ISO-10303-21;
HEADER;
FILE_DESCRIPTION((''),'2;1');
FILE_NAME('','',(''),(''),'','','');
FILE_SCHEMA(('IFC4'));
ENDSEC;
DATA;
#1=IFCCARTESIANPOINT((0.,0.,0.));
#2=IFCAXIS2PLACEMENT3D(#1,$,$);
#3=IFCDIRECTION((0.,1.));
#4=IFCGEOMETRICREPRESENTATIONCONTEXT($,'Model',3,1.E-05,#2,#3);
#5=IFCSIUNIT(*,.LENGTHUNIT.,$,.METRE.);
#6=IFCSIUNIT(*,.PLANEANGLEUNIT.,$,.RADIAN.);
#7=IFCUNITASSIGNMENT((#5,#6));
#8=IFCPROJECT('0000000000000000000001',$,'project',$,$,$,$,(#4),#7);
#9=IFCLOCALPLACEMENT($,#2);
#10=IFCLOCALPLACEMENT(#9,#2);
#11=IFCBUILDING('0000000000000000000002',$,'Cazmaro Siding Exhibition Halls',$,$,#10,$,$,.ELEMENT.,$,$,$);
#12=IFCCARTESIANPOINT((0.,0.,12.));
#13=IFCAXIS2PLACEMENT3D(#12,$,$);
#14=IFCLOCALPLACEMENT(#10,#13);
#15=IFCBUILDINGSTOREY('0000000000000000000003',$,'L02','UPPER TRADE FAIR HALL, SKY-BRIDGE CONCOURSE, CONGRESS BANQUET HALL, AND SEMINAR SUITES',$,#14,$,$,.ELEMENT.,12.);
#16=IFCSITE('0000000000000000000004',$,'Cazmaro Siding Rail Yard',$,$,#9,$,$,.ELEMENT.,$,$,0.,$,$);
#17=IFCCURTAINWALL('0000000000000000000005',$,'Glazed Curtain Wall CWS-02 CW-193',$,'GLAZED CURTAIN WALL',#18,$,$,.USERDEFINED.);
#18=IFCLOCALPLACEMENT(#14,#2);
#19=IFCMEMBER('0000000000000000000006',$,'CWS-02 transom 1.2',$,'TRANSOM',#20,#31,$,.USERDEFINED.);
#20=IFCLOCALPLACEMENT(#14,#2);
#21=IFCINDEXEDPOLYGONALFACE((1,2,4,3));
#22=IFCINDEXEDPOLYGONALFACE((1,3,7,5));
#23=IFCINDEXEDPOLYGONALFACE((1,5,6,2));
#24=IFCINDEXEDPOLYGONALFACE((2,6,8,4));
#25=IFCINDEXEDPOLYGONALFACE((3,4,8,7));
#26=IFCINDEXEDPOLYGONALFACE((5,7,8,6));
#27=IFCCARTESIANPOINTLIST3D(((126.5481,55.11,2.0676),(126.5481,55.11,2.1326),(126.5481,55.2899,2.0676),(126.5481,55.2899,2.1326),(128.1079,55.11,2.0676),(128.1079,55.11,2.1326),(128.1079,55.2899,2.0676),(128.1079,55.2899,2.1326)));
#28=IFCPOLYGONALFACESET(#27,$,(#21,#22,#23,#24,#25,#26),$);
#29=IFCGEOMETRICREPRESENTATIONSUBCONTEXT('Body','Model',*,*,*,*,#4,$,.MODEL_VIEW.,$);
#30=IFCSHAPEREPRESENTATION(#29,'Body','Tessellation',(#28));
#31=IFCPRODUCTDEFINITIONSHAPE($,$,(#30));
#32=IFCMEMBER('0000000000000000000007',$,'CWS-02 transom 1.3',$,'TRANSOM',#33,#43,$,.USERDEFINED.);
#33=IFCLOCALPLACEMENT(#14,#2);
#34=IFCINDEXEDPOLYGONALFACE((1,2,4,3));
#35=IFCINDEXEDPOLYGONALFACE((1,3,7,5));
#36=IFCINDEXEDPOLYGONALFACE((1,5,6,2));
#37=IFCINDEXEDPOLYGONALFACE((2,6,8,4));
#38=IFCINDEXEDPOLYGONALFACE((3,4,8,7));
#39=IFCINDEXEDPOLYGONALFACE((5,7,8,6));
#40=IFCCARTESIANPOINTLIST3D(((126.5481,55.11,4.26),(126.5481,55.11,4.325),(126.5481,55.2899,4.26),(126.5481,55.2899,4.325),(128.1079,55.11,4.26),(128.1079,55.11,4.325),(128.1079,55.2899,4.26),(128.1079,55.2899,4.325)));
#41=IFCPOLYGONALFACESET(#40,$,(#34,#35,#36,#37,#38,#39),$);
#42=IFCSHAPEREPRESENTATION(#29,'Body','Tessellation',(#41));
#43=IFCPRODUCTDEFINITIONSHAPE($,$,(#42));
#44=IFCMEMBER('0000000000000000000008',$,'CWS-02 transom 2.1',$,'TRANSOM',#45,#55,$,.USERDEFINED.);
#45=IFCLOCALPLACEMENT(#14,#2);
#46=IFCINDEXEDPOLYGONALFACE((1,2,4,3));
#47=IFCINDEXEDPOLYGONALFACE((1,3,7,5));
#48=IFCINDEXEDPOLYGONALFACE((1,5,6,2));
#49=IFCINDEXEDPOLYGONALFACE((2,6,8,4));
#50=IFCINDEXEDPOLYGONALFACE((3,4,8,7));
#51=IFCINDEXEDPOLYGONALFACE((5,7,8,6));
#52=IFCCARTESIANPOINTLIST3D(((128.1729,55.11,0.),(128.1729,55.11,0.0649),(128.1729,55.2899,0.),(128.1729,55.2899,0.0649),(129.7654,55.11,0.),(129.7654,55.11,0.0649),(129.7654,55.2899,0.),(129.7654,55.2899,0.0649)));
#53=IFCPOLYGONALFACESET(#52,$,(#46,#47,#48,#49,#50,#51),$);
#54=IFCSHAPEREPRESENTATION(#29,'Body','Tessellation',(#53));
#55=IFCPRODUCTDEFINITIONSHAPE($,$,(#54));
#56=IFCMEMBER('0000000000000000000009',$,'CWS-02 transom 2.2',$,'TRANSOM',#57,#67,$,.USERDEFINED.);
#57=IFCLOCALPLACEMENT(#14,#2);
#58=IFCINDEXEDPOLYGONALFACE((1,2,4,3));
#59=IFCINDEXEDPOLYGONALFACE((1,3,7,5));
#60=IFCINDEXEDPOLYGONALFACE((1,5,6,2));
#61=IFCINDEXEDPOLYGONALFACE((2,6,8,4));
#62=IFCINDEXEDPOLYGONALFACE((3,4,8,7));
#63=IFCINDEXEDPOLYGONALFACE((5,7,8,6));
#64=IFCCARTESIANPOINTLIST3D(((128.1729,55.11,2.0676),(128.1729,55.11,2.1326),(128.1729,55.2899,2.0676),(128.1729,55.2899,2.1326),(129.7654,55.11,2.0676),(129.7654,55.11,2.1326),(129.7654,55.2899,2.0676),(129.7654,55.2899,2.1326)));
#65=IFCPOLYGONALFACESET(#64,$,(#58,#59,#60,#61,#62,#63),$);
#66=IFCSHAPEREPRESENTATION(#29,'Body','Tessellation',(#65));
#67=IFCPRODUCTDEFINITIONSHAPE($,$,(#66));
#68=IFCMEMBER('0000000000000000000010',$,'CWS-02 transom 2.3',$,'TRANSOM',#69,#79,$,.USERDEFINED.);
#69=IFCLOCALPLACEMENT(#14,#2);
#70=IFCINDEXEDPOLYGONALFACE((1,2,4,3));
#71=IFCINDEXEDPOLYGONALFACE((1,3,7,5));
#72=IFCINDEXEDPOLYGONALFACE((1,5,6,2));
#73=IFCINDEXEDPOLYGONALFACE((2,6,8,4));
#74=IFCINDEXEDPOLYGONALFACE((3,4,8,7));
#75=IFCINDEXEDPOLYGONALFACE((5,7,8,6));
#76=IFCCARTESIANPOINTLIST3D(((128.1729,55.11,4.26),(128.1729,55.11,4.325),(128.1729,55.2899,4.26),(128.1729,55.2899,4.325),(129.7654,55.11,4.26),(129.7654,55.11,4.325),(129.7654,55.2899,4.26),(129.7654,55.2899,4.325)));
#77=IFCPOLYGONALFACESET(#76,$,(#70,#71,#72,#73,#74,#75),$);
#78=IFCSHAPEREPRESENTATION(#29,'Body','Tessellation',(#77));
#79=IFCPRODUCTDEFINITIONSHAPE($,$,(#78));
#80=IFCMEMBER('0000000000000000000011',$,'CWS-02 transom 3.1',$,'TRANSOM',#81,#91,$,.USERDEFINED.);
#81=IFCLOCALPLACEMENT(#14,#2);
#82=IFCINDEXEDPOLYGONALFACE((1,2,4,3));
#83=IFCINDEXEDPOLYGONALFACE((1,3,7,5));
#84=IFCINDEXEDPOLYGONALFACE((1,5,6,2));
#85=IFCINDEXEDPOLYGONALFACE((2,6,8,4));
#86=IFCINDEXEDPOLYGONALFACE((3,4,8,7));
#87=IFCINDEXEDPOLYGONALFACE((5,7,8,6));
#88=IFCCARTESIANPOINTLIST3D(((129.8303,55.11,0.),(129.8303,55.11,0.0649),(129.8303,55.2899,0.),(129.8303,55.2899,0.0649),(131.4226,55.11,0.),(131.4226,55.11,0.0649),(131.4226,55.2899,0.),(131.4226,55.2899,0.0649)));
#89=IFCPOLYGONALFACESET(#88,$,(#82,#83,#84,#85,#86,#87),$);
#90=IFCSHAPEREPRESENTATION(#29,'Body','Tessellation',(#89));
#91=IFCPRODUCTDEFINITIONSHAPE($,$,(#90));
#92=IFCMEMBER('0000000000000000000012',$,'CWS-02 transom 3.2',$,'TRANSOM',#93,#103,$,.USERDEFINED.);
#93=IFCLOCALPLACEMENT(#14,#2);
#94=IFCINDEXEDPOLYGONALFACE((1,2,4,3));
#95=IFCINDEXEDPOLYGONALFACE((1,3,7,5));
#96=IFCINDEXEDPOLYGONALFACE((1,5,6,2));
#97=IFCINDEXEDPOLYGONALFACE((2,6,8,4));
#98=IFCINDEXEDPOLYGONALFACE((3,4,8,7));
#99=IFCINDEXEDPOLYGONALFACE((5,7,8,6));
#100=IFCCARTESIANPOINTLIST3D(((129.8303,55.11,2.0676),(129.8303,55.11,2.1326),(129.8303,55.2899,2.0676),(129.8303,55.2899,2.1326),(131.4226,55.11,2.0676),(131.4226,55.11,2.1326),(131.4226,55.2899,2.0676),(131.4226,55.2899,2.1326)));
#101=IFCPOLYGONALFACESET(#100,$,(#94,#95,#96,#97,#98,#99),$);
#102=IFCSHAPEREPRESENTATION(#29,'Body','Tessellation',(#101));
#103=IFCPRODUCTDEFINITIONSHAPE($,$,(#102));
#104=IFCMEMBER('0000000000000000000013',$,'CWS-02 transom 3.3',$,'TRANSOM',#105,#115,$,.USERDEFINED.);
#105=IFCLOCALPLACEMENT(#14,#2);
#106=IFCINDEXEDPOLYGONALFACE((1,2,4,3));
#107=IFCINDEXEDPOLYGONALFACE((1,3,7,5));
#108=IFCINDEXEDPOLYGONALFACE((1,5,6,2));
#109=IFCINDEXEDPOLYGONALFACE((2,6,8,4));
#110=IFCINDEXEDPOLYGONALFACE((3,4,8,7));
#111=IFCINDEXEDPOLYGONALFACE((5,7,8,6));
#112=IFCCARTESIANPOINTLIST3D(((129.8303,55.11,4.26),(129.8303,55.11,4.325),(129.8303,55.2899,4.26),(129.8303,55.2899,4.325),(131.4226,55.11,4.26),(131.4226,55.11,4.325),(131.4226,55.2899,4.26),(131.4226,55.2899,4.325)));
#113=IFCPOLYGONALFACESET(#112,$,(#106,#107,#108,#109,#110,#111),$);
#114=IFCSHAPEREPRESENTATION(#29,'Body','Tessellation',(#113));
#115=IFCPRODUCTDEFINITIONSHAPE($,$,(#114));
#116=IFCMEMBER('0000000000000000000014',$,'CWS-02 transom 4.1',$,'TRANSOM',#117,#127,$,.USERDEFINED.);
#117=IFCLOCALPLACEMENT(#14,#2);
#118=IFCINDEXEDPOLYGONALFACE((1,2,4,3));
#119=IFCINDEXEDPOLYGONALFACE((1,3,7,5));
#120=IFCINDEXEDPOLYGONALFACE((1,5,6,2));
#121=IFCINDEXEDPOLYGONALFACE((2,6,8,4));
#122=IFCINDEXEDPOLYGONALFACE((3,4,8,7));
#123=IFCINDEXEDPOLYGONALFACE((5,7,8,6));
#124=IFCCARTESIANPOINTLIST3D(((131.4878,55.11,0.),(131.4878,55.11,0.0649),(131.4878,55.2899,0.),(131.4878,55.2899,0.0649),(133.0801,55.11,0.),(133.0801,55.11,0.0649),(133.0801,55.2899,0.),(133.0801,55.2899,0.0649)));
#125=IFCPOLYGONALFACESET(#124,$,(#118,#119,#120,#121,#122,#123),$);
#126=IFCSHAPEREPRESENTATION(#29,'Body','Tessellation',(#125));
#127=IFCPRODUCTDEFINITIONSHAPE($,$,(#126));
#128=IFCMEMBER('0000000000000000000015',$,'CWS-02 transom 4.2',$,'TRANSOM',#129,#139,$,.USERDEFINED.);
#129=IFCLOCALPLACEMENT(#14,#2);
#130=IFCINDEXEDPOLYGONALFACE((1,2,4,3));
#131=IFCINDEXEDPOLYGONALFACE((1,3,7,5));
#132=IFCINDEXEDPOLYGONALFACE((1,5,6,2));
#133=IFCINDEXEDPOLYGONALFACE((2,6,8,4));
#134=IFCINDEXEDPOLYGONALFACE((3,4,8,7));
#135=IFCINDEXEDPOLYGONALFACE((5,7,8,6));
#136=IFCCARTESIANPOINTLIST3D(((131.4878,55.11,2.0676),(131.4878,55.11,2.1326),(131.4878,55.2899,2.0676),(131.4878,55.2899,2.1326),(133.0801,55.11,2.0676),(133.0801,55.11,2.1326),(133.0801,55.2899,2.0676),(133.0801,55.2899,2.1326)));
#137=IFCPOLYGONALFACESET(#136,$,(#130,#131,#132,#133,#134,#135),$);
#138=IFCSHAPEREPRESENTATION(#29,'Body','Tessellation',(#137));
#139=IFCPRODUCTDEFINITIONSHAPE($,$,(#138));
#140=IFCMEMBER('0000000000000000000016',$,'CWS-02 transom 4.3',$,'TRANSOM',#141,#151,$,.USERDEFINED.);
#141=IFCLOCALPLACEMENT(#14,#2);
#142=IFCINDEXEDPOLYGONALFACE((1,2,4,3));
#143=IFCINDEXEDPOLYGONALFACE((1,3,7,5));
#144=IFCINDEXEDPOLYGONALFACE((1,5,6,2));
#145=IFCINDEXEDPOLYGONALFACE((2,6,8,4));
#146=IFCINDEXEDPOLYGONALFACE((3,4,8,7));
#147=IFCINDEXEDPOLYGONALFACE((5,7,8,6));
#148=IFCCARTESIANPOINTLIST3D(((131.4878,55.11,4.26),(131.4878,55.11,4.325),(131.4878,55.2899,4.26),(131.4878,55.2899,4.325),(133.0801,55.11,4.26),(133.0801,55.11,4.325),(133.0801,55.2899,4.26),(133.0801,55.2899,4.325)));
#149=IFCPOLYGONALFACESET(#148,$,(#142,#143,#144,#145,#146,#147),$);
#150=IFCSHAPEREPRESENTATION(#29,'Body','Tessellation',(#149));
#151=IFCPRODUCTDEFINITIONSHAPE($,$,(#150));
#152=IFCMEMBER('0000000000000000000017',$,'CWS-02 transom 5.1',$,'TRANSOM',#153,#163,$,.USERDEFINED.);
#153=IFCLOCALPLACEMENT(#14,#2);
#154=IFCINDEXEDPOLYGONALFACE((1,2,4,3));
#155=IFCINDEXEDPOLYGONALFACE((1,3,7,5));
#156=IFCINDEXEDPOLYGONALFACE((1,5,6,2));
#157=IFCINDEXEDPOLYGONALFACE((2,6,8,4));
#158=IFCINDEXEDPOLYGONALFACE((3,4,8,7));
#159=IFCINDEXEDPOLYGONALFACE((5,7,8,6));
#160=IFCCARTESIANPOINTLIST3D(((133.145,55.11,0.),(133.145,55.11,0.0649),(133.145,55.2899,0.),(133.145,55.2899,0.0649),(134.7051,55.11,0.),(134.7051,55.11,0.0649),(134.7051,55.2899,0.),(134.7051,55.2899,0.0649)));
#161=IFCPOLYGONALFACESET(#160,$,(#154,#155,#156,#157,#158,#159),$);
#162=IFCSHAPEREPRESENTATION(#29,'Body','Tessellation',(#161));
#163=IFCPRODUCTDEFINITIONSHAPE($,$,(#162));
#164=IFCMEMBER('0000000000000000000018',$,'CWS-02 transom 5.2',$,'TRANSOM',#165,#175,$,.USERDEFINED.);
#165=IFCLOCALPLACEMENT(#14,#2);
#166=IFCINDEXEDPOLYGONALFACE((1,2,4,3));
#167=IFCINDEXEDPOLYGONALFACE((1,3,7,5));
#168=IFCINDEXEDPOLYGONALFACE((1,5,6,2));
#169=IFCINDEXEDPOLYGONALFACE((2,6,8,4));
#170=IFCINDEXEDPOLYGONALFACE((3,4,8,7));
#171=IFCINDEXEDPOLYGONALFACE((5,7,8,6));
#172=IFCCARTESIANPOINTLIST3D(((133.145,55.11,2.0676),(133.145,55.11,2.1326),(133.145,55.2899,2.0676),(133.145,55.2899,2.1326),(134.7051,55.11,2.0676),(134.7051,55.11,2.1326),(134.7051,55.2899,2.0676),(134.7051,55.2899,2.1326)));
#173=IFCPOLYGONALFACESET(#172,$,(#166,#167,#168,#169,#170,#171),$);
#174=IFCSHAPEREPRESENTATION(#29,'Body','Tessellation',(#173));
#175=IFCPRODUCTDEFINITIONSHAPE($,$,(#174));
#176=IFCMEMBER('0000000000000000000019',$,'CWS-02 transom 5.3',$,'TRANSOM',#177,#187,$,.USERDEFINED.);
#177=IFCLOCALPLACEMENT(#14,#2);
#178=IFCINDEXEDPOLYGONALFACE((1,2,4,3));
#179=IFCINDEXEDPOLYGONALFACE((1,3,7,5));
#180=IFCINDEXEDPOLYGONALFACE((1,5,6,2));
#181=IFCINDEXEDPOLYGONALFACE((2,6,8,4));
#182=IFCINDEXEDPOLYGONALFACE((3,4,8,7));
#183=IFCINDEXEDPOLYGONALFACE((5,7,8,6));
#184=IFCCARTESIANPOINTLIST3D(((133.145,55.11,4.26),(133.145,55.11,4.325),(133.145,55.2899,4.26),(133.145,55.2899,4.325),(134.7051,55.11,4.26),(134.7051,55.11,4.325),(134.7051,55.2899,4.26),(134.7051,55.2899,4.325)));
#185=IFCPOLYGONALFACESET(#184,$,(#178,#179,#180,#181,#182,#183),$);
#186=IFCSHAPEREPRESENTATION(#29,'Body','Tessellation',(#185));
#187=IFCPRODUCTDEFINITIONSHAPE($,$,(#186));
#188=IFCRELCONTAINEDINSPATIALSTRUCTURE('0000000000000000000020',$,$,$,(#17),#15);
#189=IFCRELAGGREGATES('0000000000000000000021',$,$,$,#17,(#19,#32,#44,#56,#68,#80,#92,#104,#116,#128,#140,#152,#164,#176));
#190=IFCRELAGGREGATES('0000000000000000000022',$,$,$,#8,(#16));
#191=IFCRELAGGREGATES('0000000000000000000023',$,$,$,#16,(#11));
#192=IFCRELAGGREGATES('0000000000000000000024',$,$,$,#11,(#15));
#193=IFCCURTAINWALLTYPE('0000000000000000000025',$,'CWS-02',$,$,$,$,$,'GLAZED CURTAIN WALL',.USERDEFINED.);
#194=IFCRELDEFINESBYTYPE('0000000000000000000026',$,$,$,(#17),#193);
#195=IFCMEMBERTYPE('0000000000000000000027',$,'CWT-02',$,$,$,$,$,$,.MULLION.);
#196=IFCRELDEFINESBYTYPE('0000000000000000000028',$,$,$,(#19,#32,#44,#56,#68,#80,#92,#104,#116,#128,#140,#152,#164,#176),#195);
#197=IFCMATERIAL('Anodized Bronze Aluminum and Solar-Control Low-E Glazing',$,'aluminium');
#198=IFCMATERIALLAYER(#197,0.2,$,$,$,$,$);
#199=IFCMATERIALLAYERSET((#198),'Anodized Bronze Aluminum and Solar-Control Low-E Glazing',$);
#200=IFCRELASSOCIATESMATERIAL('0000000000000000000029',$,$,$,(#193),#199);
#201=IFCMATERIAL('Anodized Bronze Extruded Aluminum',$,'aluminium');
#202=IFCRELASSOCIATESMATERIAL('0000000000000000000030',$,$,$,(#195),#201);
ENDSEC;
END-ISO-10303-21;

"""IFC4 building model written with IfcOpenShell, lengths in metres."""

from ifc_helpers import new_model, si_unit, direction, frame, origin, origin_2d, place, context, subcontext, project, spatial, rectangle, extrude, material, layer, layer_set, material_profile, profile_set, type_object, element, aggregate, save


model = new_model("IFC4")

# Units and contexts
model_context = context("Model", 3, precision=1e-05, world=origin(), true_north=direction((0.0, 1.0)))
body_context = subcontext(model_context, "Body", "Model", "MODEL_VIEW")
ifc_project = project(units=[si_unit("LENGTHUNIT", "METRE"), si_unit("PLANEANGLEUNIT", "RADIAN")], contexts=[model_context])

# Site, building, storey
site_placement = place(None, origin())
site = spatial("IfcSite", under=ifc_project, at=site_placement, Name="Cazmaro Siding Rail Yard", CompositionType="ELEMENT", RefElevation=0.0)
building_placement = place(site_placement, origin())
building = spatial("IfcBuilding", under=site, at=building_placement, Name="Cazmaro Siding Exhibition Halls", CompositionType="ELEMENT")
storey_placement = place(building_placement, frame((0.0, 0.0, 12.0)))
storey = spatial("IfcBuildingStorey", under=building, at=storey_placement, Name="L02", Description="UPPER TRADE FAIR HALL, SKY-BRIDGE CONCOURSE, CONGRESS BANQUET HALL, AND SEMINAR SUITES", CompositionType="ELEMENT", Elevation=12.0)

# Shared definitions
ifc_material_1 = material(Name="Anodized Bronze Aluminum and Solar-Control Low-E Glazing", Category="aluminium")
ifc_layer_1 = layer(ifc_material_1, 0.2)
ifc_layer_set_1 = layer_set([ifc_layer_1], Name="Anodized Bronze Aluminum and Solar-Control Low-E Glazing")
curtain_wall_type = type_object("IfcCurtainWallType", Name="CWS-02", ElementType="GLAZED CURTAIN WALL", PredefinedType="USERDEFINED", material=ifc_layer_set_1)

# Curtain wall
curtain_wall_1_placement = place(storey_placement, origin())
curtain_wall_1 = element("IfcCurtainWall", 1, at=curtain_wall_1_placement, inside=storey, type_object=curtain_wall_type, Name="Glazed Curtain Wall CWS-02 CW-193", ObjectType="GLAZED CURTAIN WALL", PredefinedType="USERDEFINED")

# Members
ifc_material_2 = material(Name="Anodized Bronze Extruded Aluminum", Category="aluminium")
ifc_material_profile_1 = material_profile(ifc_material_2, rectangle(XDim=0.1799, YDim=0.0649, at=origin_2d()), Name="CWT-02")
ifc_profile_set_1 = profile_set([ifc_material_profile_1], Name="Anodized Bronze Extruded Aluminum")
member_type_1 = type_object("IfcMemberType", Name="CWT-02", PredefinedType="MULLION", material=ifc_profile_set_1)
member_1_placement = place(storey_placement, frame((126.5481, 55.2, 2.1001), z_axis=(1.0, 0.0, 0.0), x_axis=(0.0, 1.0, 0.0)))
member_1 = element("IfcMember", 2, at=member_1_placement, type_object=member_type_1, Name="CWS-02 transom 1.2", ObjectType="TRANSOM", PredefinedType="USERDEFINED", context=body_context, shape_type="SweptSolid", body=[
    extrude(rectangle(XDim=0.1799, YDim=0.0649, at=origin_2d()), origin(), (0.0, 0.0, 1.0), 1.5598),
])
member_2_placement = place(storey_placement, frame((126.5481, 55.2, 4.2925), z_axis=(1.0, 0.0, 0.0), x_axis=(0.0, 1.0, 0.0)))
member_2 = element("IfcMember", 3, at=member_2_placement, type_object=member_type_1, Name="CWS-02 transom 1.3", ObjectType="TRANSOM", PredefinedType="USERDEFINED", context=body_context, shape_type="SweptSolid", body=[
    extrude(rectangle(XDim=0.1799, YDim=0.0649, at=origin_2d()), origin(), (0.0, 0.0, 1.0), 1.5598),
])
member_3_placement = place(storey_placement, frame((128.1729, 55.2, 0.0325), z_axis=(1.0, 0.0, 0.0), x_axis=(0.0, 1.0, 0.0)))
member_3 = element("IfcMember", 4, at=member_3_placement, type_object=member_type_1, Name="CWS-02 transom 2.1", ObjectType="TRANSOM", PredefinedType="USERDEFINED", context=body_context, shape_type="SweptSolid", body=[
    extrude(rectangle(XDim=0.1799, YDim=0.0649, at=origin_2d()), origin(), (0.0, 0.0, 1.0), 1.5925),
])
member_4_placement = place(storey_placement, frame((128.1729, 55.2, 2.1001), z_axis=(1.0, 0.0, 0.0), x_axis=(0.0, 1.0, 0.0)))
member_4 = element("IfcMember", 5, at=member_4_placement, type_object=member_type_1, Name="CWS-02 transom 2.2", ObjectType="TRANSOM", PredefinedType="USERDEFINED", context=body_context, shape_type="SweptSolid", body=[
    extrude(rectangle(XDim=0.1799, YDim=0.0649, at=origin_2d()), origin(), (0.0, 0.0, 1.0), 1.5925),
])
member_5_placement = place(storey_placement, frame((128.1729, 55.2, 4.2925), z_axis=(1.0, 0.0, 0.0), x_axis=(0.0, 1.0, 0.0)))
member_5 = element("IfcMember", 6, at=member_5_placement, type_object=member_type_1, Name="CWS-02 transom 2.3", ObjectType="TRANSOM", PredefinedType="USERDEFINED", context=body_context, shape_type="SweptSolid", body=[
    extrude(rectangle(XDim=0.1799, YDim=0.0649, at=origin_2d()), origin(), (0.0, 0.0, 1.0), 1.5925),
])
member_6_placement = place(storey_placement, frame((129.8303, 55.2, 0.0325), z_axis=(1.0, 0.0, 0.0), x_axis=(0.0, 1.0, 0.0)))
member_6 = element("IfcMember", 7, at=member_6_placement, type_object=member_type_1, Name="CWS-02 transom 3.1", ObjectType="TRANSOM", PredefinedType="USERDEFINED", context=body_context, shape_type="SweptSolid", body=[
    extrude(rectangle(XDim=0.1799, YDim=0.0649, at=origin_2d()), origin(), (0.0, 0.0, 1.0), 1.5923),
])
member_7_placement = place(storey_placement, frame((129.8303, 55.2, 2.1001), z_axis=(1.0, 0.0, 0.0), x_axis=(0.0, 1.0, 0.0)))
member_7 = element("IfcMember", 8, at=member_7_placement, type_object=member_type_1, Name="CWS-02 transom 3.2", ObjectType="TRANSOM", PredefinedType="USERDEFINED", context=body_context, shape_type="SweptSolid", body=[
    extrude(rectangle(XDim=0.1799, YDim=0.0649, at=origin_2d()), origin(), (0.0, 0.0, 1.0), 1.5923),
])
member_8_placement = place(storey_placement, frame((129.8303, 55.2, 4.2925), z_axis=(1.0, 0.0, 0.0), x_axis=(0.0, 1.0, 0.0)))
member_8 = element("IfcMember", 9, at=member_8_placement, type_object=member_type_1, Name="CWS-02 transom 3.3", ObjectType="TRANSOM", PredefinedType="USERDEFINED", context=body_context, shape_type="SweptSolid", body=[
    extrude(rectangle(XDim=0.1799, YDim=0.0649, at=origin_2d()), origin(), (0.0, 0.0, 1.0), 1.5923),
])
member_9_placement = place(storey_placement, frame((131.4878, 55.2, 0.0325), z_axis=(1.0, 0.0, 0.0), x_axis=(0.0, 1.0, 0.0)))
member_9 = element("IfcMember", 10, at=member_9_placement, type_object=member_type_1, Name="CWS-02 transom 4.1", ObjectType="TRANSOM", PredefinedType="USERDEFINED", context=body_context, shape_type="SweptSolid", body=[
    extrude(rectangle(XDim=0.1799, YDim=0.0649, at=origin_2d()), origin(), (0.0, 0.0, 1.0), 1.5923),
])
member_10_placement = place(storey_placement, frame((131.4878, 55.2, 2.1001), z_axis=(1.0, 0.0, 0.0), x_axis=(0.0, 1.0, 0.0)))
member_10 = element("IfcMember", 11, at=member_10_placement, type_object=member_type_1, Name="CWS-02 transom 4.2", ObjectType="TRANSOM", PredefinedType="USERDEFINED", context=body_context, shape_type="SweptSolid", body=[
    extrude(rectangle(XDim=0.1799, YDim=0.0649, at=origin_2d()), origin(), (0.0, 0.0, 1.0), 1.5923),
])
member_11_placement = place(storey_placement, frame((131.4878, 55.2, 4.2925), z_axis=(1.0, 0.0, 0.0), x_axis=(0.0, 1.0, 0.0)))
member_11 = element("IfcMember", 12, at=member_11_placement, type_object=member_type_1, Name="CWS-02 transom 4.3", ObjectType="TRANSOM", PredefinedType="USERDEFINED", context=body_context, shape_type="SweptSolid", body=[
    extrude(rectangle(XDim=0.1799, YDim=0.0649, at=origin_2d()), origin(), (0.0, 0.0, 1.0), 1.5923),
])
member_12_placement = place(storey_placement, frame((133.145, 55.2, 0.0325), z_axis=(1.0, 0.0, 0.0), x_axis=(0.0, 1.0, 0.0)))
member_12 = element("IfcMember", 13, at=member_12_placement, type_object=member_type_1, Name="CWS-02 transom 5.1", ObjectType="TRANSOM", PredefinedType="USERDEFINED", context=body_context, shape_type="SweptSolid", body=[
    extrude(rectangle(XDim=0.1799, YDim=0.0649, at=origin_2d()), origin(), (0.0, 0.0, 1.0), 1.5601),
])
member_13_placement = place(storey_placement, frame((133.145, 55.2, 2.1001), z_axis=(1.0, 0.0, 0.0), x_axis=(0.0, 1.0, 0.0)))
member_13 = element("IfcMember", 14, at=member_13_placement, type_object=member_type_1, Name="CWS-02 transom 5.2", ObjectType="TRANSOM", PredefinedType="USERDEFINED", context=body_context, shape_type="SweptSolid", body=[
    extrude(rectangle(XDim=0.1799, YDim=0.0649, at=origin_2d()), origin(), (0.0, 0.0, 1.0), 1.5601),
])
member_14_placement = place(storey_placement, frame((133.145, 55.2, 4.2925), z_axis=(1.0, 0.0, 0.0), x_axis=(0.0, 1.0, 0.0)))
member_14 = element("IfcMember", 15, at=member_14_placement, type_object=member_type_1, Name="CWS-02 transom 5.3", ObjectType="TRANSOM", PredefinedType="USERDEFINED", context=body_context, shape_type="SweptSolid", body=[
    extrude(rectangle(XDim=0.1799, YDim=0.0649, at=origin_2d()), origin(), (0.0, 0.0, 1.0), 1.5601),
])

aggregate(curtain_wall_1, [member_1, member_2, member_3, member_4, member_5, member_6, member_7, member_8, member_9, member_10, member_11, member_12, member_13, member_14])

save(model, "model.ifc")
